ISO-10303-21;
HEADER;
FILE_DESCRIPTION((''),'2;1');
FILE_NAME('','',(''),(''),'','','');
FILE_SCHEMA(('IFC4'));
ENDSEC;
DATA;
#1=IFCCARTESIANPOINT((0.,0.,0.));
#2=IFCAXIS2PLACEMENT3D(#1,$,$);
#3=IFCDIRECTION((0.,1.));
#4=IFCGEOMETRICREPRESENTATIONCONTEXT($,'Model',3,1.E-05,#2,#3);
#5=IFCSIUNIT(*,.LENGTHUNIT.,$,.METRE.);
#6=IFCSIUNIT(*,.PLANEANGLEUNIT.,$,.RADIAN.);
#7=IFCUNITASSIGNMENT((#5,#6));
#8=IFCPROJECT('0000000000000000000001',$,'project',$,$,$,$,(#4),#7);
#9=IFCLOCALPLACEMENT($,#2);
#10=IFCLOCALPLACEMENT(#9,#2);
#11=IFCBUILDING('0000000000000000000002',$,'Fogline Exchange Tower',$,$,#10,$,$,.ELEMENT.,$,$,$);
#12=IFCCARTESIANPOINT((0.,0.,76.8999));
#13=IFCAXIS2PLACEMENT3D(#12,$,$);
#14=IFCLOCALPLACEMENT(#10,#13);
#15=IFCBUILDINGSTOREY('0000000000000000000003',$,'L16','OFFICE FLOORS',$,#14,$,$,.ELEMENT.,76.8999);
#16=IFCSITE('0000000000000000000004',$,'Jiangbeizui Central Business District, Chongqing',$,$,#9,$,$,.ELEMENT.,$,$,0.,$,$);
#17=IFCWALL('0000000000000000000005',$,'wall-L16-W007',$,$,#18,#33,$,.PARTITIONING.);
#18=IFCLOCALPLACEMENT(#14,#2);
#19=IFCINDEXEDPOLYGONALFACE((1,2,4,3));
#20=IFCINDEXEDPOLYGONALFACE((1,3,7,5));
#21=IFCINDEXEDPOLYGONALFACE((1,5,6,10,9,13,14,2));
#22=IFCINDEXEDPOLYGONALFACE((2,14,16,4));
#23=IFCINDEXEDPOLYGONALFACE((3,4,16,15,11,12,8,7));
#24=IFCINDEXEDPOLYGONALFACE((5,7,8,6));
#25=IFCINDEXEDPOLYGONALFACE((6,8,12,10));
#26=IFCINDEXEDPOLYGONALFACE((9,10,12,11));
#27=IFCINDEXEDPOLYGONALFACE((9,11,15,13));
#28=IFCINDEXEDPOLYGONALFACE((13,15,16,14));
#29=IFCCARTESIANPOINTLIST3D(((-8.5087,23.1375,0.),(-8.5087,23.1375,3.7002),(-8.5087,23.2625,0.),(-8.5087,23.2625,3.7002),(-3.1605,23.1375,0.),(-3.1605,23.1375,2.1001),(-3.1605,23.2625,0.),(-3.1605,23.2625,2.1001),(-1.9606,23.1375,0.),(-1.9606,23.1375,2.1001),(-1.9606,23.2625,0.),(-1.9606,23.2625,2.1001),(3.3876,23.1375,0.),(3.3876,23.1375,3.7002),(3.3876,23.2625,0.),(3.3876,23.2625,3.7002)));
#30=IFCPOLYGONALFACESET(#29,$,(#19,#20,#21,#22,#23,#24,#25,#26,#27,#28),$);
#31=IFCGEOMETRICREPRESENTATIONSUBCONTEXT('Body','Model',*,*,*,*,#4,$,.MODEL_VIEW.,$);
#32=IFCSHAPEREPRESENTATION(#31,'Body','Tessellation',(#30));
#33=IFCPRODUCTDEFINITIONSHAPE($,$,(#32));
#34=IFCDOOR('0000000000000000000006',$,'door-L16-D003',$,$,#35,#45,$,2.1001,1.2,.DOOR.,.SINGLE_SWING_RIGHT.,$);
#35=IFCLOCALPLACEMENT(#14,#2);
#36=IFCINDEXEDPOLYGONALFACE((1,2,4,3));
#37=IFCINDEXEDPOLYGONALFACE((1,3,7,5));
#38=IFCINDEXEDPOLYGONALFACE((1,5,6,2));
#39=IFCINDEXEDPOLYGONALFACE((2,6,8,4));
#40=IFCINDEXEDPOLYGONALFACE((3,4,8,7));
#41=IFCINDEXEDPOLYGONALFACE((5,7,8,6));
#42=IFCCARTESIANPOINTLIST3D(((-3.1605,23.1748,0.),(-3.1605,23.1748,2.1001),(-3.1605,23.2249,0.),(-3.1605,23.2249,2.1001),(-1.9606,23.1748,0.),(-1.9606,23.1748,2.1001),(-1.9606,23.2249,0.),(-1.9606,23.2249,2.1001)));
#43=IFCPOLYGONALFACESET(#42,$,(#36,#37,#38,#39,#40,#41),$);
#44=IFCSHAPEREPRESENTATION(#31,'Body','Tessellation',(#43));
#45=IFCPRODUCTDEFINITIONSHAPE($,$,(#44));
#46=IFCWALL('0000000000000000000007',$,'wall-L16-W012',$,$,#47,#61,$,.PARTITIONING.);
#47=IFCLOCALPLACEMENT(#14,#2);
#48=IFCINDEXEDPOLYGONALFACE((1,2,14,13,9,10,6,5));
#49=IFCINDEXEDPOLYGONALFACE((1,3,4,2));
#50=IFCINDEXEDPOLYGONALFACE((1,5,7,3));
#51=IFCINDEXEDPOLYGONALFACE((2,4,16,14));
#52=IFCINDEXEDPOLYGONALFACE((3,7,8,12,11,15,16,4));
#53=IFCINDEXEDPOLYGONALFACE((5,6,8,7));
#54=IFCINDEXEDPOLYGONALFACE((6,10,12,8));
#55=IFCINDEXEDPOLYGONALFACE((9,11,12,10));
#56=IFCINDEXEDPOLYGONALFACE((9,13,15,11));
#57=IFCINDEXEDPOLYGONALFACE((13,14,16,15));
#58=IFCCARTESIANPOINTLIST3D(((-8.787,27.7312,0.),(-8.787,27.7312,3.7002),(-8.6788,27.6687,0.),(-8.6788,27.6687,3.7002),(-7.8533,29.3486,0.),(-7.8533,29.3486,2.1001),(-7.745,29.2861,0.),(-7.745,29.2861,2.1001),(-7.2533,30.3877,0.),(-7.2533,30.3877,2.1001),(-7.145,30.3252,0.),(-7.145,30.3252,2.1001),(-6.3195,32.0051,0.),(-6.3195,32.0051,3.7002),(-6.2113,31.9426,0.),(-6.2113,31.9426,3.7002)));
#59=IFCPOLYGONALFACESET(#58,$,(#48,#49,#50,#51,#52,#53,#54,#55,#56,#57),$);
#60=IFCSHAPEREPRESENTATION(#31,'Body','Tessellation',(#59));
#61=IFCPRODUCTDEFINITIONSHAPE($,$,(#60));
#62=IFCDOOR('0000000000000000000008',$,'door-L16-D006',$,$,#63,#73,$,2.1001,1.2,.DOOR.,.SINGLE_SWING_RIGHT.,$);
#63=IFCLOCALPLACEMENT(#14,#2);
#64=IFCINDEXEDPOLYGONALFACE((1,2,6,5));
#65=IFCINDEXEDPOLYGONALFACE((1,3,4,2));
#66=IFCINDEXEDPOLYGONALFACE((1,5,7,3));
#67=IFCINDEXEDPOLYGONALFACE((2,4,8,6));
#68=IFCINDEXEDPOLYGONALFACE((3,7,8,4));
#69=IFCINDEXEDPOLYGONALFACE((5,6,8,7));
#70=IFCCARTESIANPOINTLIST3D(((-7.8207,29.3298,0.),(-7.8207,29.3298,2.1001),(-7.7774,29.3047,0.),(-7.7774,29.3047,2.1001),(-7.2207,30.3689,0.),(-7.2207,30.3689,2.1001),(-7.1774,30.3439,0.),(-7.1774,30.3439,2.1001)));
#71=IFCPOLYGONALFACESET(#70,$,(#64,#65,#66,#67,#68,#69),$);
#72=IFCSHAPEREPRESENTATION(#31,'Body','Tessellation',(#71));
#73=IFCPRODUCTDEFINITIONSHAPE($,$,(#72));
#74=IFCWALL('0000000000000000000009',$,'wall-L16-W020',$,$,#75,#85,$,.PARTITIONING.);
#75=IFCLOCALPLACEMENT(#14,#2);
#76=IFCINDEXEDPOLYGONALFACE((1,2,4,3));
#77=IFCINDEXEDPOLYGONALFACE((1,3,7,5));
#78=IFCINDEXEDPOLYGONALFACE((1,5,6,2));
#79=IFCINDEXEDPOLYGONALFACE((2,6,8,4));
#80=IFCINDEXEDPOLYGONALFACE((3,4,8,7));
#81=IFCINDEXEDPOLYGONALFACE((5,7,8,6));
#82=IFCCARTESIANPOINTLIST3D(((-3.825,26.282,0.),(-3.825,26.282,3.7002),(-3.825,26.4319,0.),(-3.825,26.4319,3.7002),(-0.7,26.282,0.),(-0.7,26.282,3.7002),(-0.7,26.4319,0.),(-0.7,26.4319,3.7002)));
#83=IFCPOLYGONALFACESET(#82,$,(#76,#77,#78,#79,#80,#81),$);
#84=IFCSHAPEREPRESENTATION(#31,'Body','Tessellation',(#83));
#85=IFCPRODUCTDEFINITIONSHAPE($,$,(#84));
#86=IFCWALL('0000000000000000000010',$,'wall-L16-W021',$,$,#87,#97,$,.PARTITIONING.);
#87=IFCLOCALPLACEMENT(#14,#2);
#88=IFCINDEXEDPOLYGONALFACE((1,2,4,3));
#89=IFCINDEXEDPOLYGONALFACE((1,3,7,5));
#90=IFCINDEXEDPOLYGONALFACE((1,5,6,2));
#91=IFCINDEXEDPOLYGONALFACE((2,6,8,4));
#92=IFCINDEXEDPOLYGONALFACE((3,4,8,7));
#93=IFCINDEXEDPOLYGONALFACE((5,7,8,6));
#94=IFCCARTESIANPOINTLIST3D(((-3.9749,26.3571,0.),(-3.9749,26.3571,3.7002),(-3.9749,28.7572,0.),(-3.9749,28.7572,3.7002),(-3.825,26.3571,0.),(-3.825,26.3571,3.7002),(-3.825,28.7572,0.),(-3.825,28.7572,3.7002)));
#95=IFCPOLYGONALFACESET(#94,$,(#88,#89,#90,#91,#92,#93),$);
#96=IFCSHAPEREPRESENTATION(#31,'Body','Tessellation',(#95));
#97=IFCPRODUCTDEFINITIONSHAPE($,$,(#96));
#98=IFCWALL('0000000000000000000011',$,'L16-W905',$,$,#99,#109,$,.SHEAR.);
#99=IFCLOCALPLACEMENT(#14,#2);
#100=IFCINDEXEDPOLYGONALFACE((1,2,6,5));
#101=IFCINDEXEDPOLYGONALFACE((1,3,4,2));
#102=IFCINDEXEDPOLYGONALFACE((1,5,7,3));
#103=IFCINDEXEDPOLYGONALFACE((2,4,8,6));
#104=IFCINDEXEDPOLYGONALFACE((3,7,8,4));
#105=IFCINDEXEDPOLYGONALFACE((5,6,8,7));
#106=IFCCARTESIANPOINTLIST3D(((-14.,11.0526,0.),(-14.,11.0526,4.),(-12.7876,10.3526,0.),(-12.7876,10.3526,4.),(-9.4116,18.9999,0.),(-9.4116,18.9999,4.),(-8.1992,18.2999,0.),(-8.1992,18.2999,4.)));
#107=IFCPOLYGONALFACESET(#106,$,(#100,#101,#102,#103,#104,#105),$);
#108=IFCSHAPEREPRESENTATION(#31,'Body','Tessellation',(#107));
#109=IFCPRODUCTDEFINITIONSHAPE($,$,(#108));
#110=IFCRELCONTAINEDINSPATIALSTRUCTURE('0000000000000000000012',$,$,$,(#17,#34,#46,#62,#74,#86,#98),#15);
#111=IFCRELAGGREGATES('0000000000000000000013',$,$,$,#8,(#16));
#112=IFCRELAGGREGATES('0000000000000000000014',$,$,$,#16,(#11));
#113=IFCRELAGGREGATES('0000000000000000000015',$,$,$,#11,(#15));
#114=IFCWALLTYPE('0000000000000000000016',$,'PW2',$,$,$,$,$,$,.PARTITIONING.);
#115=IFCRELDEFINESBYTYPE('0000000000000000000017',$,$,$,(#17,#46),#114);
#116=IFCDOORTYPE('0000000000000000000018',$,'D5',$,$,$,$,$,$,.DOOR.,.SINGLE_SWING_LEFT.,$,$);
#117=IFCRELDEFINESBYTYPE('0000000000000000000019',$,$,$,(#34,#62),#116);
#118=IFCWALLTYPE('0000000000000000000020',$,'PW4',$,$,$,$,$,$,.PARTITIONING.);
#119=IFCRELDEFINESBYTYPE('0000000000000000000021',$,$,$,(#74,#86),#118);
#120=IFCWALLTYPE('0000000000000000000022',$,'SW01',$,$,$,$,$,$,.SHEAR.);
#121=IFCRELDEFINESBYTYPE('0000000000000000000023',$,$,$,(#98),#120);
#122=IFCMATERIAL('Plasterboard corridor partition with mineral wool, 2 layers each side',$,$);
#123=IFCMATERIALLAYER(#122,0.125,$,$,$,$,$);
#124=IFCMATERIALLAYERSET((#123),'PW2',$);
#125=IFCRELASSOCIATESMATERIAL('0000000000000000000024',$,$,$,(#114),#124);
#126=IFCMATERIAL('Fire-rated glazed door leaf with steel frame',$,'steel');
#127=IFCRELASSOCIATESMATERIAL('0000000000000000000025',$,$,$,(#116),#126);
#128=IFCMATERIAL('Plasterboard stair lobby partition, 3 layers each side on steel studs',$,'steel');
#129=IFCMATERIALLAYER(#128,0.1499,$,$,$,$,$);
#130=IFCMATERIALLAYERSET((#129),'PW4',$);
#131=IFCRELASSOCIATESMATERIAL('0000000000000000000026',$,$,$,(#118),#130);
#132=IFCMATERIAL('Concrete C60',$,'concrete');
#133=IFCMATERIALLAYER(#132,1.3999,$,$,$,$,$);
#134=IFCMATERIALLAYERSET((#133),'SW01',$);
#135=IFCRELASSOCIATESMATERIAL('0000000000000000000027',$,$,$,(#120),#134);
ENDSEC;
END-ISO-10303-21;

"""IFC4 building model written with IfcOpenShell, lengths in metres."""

from ifc_helpers import new_model, si_unit, direction, frame, frame_2d, origin, place, context, subcontext, project, spatial, rectangle, extrude, material, layer, layer_set, type_object, element, fill, save


model = new_model("IFC4")

# Units and contexts
model_context = context("Model", 3, precision=1e-05, world=origin(), true_north=direction((0.0, 1.0)))
body_context = subcontext(model_context, "Body", "Model", "MODEL_VIEW")
ifc_project = project(units=[si_unit("LENGTHUNIT", "METRE"), si_unit("PLANEANGLEUNIT", "RADIAN")], contexts=[model_context])

# Site, building, storey
site_placement = place(None, origin())
site = spatial("IfcSite", under=ifc_project, at=site_placement, Name="Jiangbeizui Central Business District, Chongqing", CompositionType="ELEMENT", RefElevation=0.0)
building_placement = place(site_placement, origin())
building = spatial("IfcBuilding", under=site, at=building_placement, Name="Fogline Exchange Tower", CompositionType="ELEMENT")
storey_placement = place(building_placement, frame((0.0, 0.0, 76.8999)))
storey = spatial("IfcBuildingStorey", under=building, at=storey_placement, Name="L16", Description="OFFICE FLOORS", CompositionType="ELEMENT", Elevation=76.8999)

# Walls, openings, doors
ifc_material_1 = material(Name="Plasterboard corridor partition with mineral wool, 2 layers each side")
ifc_layer_1 = layer(ifc_material_1, 0.125)
ifc_layer_set_1 = layer_set([ifc_layer_1], Name="PW2")
wall_type_1 = type_object("IfcWallType", Name="PW2", PredefinedType="PARTITIONING", material=ifc_layer_set_1)
wall_1_placement = place(storey_placement, frame((-8.5088, 23.2, 0.0), z_axis=(0.0, 0.0, 1.0), x_axis=(1.0, 0.0, 0.0)))
wall_1 = element("IfcWall", 1, at=wall_1_placement, inside=storey, type_object=wall_type_1, Name="wall-L16-W007", PredefinedType="PARTITIONING", context=body_context, shape_type="SweptSolid", body=[
    extrude(rectangle(XDim=11.8962, YDim=0.125, at=frame_2d((5.9482, 0.0))), origin(), (0.0, 0.0, 1.0), 3.7002),
])
opening_1_placement = place(wall_1_placement, frame((5.3481, 0.0, 0.0)))
opening_1 = element("IfcOpeningElement", 2, at=opening_1_placement, cuts=wall_1, PredefinedType="OPENING", context=body_context, shape_type="SweptSolid", body=[
    extrude(rectangle(XDim=1.2, YDim=2.1001, at=frame_2d((0.6001, 1.05))), frame((0.0, 0.0725, 0.0), z_axis=(0.0, -1.0, 0.0), x_axis=(1.0, 0.0, 0.0)), (0.0, 0.0, 1.0), 0.145),
])
ifc_material_2 = material(Name="Fire-rated glazed door leaf with steel frame", Category="steel")
door_type_1 = type_object("IfcDoorType", Name="D5", OperationType="SINGLE_SWING_LEFT", PredefinedType="DOOR", material=ifc_material_2)
door_1_placement = place(opening_1_placement, origin())
door_1 = element("IfcDoor", 3, at=door_1_placement, inside=storey, type_object=door_type_1, Name="door-L16-D003", OperationType="SINGLE_SWING_RIGHT", OverallHeight=2.1001, OverallWidth=1.2, PredefinedType="DOOR", context=body_context, shape_type="SweptSolid", body=[
    extrude(rectangle(XDim=1.2, YDim=2.1001, at=frame_2d((0.6001, 1.05))), frame((0.0, 0.0249, 0.0), z_axis=(0.0, -1.0, 0.0), x_axis=(1.0, 0.0, 0.0)), (0.0, 0.0, 1.0), 0.05),
])
fill(opening_1, door_1)
wall_2_placement = place(storey_placement, frame((-8.7329, 27.7, 0.0), z_axis=(0.0, 0.0, 1.0), x_axis=(0.499997, 0.866027, 0.0)))
wall_2 = element("IfcWall", 4, at=wall_2_placement, inside=storey, type_object=wall_type_1, Name="wall-L16-W012", PredefinedType="PARTITIONING", context=body_context, shape_type="SweptSolid", body=[
    extrude(rectangle(XDim=4.9351, YDim=0.125, at=frame_2d((2.4675, 0.0))), origin(), (0.0, 0.0, 1.0), 3.7002),
])
opening_2_placement = place(wall_2_placement, frame((1.8674, 0.0, 0.0)))
opening_2 = element("IfcOpeningElement", 5, at=opening_2_placement, cuts=wall_2, PredefinedType="OPENING", context=body_context, shape_type="SweptSolid", body=[
    extrude(rectangle(XDim=1.2, YDim=2.1001, at=frame_2d((0.6001, 1.05))), frame((0.0, 0.0725, 0.0), z_axis=(0.0, -1.0, 0.0), x_axis=(1.0, 0.0, 0.0)), (0.0, 0.0, 1.0), 0.145),
])
door_2_placement = place(opening_2_placement, origin())
door_2 = element("IfcDoor", 6, at=door_2_placement, inside=storey, type_object=door_type_1, Name="door-L16-D006", OperationType="SINGLE_SWING_RIGHT", OverallHeight=2.1001, OverallWidth=1.2, PredefinedType="DOOR", context=body_context, shape_type="SweptSolid", body=[
    extrude(rectangle(XDim=1.2, YDim=2.1001, at=frame_2d((0.6001, 1.05))), frame((0.0, 0.0249, 0.0), z_axis=(0.0, -1.0, 0.0), x_axis=(1.0, 0.0, 0.0)), (0.0, 0.0, 1.0), 0.05),
])
fill(opening_2, door_2)

# Walls
ifc_material_3 = material(Name="Plasterboard stair lobby partition, 3 layers each side on steel studs", Category="steel")
ifc_layer_2 = layer(ifc_material_3, 0.1499)
ifc_layer_set_2 = layer_set([ifc_layer_2], Name="PW4")
wall_type_2 = type_object("IfcWallType", Name="PW4", PredefinedType="PARTITIONING", material=ifc_layer_set_2)
wall_3_placement = place(storey_placement, frame((-0.7, 26.3569, 0.0), z_axis=(0.0, 0.0, 1.0), x_axis=(-1.0, 0.0, 0.0)))
element("IfcWall", 7, at=wall_3_placement, inside=storey, type_object=wall_type_2, Name="wall-L16-W020", PredefinedType="PARTITIONING", context=body_context, shape_type="SweptSolid", body=[
    extrude(rectangle(XDim=3.125, YDim=0.1499, at=frame_2d((1.5625, 0.0))), origin(), (0.0, 0.0, 1.0), 3.7002),
])
wall_4_placement = place(storey_placement, frame((-3.8999, 26.3569, 0.0), z_axis=(0.0, 0.0, 1.0), x_axis=(0.0, 1.0, 0.0)))
element("IfcWall", 8, at=wall_4_placement, inside=storey, type_object=wall_type_2, Name="wall-L16-W021", PredefinedType="PARTITIONING", context=body_context, shape_type="SweptSolid", body=[
    extrude(rectangle(XDim=2.4001, YDim=0.1499, at=frame_2d((1.2002, 0.0))), origin(), (0.0, 0.0, 1.0), 3.7002),
])
ifc_material_4 = material(Name="Concrete C60", Category="concrete")
ifc_layer_3 = layer(ifc_material_4, 1.3999)
ifc_layer_set_3 = layer_set([ifc_layer_3], Name="SW01")
wall_type_3 = type_object("IfcWallType", Name="SW01", PredefinedType="SHEAR", material=ifc_layer_set_3)
wall_5_placement = place(storey_placement, frame((-8.8054, 18.6499, 0.0), z_axis=(0.0, 0.0, 1.0), x_axis=(-0.500002, -0.866024, 0.0)))
element("IfcWall", 9, at=wall_5_placement, inside=storey, type_object=wall_type_3, Name="L16-W905", PredefinedType="SHEAR", context=body_context, shape_type="SweptSolid", body=[
    extrude(rectangle(XDim=9.1768, YDim=1.3999, at=frame_2d((4.5884, 0.0))), origin(), (0.0, 0.0, 1.0), 4.0),
])

save(model, "model.ifc")
